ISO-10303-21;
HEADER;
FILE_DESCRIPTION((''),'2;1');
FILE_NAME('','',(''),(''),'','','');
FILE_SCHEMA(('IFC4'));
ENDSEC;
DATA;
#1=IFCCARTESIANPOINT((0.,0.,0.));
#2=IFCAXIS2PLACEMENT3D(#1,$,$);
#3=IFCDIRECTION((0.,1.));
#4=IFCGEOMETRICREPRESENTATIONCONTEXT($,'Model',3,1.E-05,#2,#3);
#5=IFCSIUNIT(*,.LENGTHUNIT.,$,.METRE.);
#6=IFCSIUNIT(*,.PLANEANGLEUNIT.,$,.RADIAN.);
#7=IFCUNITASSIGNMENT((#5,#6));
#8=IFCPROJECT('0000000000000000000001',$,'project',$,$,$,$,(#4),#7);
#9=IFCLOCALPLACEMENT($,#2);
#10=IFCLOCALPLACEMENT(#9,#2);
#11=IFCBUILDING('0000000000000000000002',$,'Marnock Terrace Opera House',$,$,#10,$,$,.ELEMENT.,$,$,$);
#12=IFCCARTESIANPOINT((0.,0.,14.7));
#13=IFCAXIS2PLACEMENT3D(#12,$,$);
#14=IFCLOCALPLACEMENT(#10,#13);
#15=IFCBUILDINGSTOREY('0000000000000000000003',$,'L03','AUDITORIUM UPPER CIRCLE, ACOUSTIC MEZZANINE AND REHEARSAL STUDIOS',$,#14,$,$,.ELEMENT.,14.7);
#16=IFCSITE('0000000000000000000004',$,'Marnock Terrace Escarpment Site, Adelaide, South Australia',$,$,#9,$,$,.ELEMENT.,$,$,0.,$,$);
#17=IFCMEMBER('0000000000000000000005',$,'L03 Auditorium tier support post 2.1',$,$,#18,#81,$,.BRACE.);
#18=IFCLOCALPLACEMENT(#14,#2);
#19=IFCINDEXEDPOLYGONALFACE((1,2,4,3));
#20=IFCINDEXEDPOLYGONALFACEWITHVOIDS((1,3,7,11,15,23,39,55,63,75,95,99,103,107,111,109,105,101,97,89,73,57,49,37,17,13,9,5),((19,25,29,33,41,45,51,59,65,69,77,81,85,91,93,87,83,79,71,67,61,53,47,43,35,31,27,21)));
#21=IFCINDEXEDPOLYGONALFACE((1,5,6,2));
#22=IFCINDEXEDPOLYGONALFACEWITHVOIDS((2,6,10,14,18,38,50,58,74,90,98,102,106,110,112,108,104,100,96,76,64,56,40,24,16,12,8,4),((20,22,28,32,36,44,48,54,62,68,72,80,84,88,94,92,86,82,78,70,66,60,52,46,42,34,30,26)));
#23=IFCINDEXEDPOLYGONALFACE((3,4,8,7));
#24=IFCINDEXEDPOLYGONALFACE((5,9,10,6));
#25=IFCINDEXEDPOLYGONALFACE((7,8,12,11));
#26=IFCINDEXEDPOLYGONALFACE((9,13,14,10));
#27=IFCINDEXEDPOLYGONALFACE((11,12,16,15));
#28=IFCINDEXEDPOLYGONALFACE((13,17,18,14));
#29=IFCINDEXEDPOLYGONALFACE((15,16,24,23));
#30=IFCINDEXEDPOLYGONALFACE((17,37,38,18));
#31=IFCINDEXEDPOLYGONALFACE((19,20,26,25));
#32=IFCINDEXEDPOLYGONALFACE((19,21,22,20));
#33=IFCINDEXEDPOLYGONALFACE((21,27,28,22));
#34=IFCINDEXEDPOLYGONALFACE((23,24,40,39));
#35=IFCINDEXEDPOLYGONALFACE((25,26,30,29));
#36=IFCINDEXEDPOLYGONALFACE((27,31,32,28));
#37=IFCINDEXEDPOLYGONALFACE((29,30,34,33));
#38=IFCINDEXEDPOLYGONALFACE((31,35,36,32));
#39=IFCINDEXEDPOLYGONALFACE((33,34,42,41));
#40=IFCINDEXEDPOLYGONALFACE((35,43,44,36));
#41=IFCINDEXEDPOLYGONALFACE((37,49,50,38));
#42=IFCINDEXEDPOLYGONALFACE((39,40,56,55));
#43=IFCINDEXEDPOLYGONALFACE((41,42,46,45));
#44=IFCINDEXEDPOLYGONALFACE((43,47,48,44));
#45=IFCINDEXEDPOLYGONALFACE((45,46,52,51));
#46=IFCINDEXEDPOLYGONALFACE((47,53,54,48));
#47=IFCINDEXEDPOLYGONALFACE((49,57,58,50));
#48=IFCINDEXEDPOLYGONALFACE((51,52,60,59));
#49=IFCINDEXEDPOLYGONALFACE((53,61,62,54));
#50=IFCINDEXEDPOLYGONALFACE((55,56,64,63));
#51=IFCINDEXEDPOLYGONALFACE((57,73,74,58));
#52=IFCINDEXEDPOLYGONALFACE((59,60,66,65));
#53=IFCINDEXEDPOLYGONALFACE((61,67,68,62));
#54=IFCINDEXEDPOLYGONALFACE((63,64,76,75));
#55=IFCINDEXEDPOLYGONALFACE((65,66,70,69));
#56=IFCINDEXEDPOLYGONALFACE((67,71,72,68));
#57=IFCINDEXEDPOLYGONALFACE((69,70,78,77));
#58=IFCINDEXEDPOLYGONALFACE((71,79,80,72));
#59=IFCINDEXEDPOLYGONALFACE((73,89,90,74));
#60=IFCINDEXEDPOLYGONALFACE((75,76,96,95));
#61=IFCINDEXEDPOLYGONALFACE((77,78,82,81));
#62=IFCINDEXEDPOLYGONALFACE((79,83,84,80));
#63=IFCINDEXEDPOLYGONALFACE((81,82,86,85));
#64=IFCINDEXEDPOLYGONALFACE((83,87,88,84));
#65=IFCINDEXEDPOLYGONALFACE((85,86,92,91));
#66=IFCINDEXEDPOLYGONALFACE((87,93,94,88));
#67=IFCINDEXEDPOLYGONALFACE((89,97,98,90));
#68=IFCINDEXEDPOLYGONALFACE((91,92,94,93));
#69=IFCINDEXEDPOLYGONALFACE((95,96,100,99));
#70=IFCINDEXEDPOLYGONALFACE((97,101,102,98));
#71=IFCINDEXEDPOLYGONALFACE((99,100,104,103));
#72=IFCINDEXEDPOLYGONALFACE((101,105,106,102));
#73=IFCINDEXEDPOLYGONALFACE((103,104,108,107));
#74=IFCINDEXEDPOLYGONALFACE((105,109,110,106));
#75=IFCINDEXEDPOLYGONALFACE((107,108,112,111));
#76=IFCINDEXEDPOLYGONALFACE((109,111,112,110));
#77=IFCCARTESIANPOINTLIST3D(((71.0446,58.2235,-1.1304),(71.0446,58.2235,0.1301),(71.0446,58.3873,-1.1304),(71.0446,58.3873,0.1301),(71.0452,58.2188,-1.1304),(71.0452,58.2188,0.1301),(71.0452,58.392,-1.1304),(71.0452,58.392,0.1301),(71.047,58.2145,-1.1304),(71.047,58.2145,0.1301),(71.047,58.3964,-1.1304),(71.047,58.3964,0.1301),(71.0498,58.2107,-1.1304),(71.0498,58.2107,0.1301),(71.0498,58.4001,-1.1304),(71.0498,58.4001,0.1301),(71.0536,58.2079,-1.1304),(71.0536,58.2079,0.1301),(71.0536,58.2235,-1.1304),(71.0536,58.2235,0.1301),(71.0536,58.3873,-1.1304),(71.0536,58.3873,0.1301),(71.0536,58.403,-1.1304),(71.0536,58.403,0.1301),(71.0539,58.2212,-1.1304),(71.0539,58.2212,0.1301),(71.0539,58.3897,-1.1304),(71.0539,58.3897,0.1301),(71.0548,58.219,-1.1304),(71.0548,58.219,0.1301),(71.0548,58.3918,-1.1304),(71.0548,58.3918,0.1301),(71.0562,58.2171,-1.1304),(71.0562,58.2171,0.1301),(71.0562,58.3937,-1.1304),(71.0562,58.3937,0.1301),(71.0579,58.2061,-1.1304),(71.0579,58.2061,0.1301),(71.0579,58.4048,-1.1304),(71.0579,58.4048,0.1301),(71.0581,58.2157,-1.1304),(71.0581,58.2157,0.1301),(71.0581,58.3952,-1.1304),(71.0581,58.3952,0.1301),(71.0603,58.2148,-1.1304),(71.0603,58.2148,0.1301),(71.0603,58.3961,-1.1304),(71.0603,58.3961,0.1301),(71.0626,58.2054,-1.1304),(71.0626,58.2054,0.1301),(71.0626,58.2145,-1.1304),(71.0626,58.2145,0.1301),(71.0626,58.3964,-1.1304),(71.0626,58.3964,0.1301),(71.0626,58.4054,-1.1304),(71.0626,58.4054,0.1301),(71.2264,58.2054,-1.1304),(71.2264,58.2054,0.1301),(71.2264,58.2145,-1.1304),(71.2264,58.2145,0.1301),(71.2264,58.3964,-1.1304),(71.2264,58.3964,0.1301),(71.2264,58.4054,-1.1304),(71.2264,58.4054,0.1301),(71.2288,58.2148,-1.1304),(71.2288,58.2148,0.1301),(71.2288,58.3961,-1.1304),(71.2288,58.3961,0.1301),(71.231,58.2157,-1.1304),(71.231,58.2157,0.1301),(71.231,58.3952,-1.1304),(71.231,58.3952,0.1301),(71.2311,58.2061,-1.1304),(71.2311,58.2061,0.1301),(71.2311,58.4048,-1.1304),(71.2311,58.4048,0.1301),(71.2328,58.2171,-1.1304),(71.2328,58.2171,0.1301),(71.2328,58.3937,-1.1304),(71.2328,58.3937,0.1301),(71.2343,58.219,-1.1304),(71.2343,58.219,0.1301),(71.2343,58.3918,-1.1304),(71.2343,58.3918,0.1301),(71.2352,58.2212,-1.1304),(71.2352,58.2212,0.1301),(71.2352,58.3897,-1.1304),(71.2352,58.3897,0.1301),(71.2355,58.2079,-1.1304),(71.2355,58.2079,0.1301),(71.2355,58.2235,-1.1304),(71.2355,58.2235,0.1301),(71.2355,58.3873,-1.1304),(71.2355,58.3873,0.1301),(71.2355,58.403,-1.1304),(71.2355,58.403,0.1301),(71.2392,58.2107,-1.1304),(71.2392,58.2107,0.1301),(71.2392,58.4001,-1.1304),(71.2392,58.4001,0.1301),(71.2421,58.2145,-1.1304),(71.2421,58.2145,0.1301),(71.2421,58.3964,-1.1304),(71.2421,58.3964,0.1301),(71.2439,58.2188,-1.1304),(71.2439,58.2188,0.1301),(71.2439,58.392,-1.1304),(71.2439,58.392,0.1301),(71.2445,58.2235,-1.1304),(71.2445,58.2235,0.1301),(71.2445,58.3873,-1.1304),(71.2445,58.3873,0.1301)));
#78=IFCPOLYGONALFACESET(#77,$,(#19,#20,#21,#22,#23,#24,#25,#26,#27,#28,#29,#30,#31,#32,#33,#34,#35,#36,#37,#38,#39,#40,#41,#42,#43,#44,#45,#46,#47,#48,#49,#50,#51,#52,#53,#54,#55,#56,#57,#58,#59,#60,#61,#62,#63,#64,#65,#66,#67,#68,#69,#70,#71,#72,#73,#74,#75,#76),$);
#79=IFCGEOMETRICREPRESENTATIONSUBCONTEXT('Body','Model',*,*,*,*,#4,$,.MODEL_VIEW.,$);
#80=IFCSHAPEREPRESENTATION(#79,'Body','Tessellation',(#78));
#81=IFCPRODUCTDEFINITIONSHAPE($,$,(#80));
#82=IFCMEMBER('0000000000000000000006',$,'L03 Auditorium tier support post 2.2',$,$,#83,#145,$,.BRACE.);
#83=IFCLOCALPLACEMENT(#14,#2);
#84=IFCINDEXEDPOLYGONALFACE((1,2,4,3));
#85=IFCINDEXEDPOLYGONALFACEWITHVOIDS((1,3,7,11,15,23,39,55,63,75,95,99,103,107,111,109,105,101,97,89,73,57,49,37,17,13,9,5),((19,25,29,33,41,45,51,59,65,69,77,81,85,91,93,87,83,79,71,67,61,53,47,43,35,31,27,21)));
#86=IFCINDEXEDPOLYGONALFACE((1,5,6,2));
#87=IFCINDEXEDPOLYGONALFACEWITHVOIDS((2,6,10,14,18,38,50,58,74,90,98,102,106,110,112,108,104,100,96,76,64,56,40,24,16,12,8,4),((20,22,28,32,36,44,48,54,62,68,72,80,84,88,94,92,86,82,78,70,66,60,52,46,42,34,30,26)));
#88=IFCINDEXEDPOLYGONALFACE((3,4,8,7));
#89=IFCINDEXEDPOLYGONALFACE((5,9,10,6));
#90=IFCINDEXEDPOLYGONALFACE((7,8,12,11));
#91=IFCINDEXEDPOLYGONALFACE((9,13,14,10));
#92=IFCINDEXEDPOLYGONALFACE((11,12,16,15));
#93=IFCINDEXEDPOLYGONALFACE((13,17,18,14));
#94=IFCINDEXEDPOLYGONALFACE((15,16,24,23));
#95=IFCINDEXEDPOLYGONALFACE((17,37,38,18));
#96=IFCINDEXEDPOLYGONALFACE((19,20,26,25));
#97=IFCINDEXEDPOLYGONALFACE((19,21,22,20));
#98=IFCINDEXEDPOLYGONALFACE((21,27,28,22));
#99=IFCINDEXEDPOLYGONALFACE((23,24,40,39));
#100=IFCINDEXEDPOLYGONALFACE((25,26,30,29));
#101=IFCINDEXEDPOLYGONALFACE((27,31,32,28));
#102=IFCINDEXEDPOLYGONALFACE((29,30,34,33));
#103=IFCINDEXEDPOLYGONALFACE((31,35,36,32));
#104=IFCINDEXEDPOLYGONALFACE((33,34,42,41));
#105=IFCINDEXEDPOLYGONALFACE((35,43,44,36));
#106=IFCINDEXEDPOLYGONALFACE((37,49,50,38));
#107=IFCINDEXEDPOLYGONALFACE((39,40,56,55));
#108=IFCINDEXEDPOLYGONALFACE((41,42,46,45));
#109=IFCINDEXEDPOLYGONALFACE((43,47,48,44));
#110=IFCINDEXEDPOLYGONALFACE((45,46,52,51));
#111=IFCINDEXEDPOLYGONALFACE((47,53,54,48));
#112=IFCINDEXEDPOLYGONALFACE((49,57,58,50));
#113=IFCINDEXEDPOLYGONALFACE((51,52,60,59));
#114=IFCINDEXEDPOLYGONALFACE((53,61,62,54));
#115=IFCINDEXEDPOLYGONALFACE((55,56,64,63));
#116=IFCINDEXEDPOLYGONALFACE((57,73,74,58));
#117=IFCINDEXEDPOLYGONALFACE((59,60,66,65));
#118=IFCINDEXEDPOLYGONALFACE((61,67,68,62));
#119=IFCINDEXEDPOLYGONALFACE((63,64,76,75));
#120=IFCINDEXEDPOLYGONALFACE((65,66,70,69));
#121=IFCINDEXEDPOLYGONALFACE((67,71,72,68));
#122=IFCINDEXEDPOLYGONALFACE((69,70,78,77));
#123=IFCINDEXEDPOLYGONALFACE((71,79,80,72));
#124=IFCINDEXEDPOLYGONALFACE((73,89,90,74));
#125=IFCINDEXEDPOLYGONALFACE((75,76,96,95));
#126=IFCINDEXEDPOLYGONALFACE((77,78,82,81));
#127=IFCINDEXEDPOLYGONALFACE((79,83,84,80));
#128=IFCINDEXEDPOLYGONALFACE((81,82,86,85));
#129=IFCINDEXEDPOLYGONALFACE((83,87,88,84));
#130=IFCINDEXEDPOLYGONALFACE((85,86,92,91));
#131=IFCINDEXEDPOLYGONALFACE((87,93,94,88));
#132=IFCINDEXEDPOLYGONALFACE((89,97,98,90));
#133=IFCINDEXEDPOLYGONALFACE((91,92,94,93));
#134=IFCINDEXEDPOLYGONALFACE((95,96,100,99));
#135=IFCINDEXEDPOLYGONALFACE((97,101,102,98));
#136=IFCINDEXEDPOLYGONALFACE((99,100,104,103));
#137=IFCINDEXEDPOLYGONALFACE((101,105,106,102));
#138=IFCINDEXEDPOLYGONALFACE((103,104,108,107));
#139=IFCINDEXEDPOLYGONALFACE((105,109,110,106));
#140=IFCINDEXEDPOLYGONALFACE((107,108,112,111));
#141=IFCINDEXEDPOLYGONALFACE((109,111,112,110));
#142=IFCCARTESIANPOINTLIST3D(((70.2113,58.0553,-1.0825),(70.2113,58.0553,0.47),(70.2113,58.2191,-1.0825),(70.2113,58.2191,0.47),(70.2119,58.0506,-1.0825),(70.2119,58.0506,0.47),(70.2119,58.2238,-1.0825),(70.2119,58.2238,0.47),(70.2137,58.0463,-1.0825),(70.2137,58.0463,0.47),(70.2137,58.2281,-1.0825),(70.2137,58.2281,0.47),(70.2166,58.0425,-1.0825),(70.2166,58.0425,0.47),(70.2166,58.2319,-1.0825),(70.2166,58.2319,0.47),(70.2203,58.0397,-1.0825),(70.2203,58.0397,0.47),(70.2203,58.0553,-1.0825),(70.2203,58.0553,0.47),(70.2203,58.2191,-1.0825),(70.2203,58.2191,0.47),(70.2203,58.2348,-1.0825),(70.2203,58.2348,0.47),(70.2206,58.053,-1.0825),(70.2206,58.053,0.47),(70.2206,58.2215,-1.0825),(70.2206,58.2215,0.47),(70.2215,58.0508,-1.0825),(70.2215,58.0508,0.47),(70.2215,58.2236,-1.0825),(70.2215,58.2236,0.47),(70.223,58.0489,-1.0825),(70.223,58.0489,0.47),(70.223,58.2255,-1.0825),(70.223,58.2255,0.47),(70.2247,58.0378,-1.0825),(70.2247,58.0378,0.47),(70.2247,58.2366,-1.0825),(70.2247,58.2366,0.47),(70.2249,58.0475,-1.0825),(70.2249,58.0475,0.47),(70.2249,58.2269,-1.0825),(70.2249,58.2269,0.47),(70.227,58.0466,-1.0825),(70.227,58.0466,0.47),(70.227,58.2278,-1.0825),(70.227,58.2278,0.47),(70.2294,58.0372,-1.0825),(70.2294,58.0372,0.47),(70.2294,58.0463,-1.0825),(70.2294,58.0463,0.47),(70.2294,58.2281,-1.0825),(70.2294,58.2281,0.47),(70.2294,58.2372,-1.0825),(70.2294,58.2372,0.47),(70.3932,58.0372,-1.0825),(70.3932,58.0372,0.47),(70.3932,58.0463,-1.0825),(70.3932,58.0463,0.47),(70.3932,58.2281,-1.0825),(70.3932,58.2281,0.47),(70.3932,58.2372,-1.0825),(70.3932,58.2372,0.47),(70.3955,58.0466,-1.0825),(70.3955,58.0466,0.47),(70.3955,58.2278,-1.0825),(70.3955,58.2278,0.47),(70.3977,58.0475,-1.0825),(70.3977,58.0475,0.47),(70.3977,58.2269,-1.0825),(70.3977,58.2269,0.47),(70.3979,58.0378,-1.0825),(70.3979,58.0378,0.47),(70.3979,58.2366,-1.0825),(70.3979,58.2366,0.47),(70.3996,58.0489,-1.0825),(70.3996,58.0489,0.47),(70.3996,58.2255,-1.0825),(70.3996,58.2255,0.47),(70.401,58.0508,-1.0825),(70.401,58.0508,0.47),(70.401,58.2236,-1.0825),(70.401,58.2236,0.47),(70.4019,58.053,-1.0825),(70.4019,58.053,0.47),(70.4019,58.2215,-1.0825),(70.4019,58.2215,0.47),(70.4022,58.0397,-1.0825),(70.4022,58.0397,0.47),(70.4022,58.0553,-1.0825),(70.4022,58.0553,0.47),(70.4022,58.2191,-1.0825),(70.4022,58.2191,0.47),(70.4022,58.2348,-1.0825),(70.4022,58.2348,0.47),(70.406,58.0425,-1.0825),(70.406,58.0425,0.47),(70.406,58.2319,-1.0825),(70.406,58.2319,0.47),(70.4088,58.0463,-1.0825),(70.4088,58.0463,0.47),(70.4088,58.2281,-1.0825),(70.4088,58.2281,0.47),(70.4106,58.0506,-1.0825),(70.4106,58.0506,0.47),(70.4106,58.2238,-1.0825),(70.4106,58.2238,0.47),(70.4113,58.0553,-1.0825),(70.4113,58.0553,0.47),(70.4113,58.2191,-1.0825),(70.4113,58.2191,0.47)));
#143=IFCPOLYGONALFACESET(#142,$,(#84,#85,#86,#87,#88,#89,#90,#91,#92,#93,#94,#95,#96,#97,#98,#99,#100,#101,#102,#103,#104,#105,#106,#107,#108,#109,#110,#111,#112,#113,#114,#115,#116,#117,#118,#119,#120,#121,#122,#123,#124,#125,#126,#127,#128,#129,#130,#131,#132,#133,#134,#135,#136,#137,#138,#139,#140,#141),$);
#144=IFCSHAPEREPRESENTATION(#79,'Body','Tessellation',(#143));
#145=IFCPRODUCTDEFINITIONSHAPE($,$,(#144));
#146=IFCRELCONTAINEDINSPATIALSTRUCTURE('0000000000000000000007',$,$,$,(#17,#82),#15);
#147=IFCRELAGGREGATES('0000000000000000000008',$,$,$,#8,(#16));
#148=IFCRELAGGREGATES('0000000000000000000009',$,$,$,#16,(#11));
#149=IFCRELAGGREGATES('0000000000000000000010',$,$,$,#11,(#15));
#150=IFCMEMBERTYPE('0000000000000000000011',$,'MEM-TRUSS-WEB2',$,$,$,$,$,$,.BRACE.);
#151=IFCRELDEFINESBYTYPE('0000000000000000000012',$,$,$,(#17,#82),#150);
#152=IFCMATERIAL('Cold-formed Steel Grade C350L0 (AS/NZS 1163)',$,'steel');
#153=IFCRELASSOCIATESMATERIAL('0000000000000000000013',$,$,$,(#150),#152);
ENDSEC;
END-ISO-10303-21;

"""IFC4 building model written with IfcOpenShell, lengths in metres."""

from ifc_helpers import new_model, si_unit, direction, frame, origin, origin_2d, place, context, subcontext, project, spatial, hollow_rectangle, extrude, material, material_profile, profile_set, type_object, element, save


model = new_model("IFC4")

# Units and contexts
model_context = context("Model", 3, precision=1e-05, world=origin(), true_north=direction((0.0, 1.0)))
body_context = subcontext(model_context, "Body", "Model", "MODEL_VIEW")
ifc_project = project(units=[si_unit("LENGTHUNIT", "METRE"), si_unit("PLANEANGLEUNIT", "RADIAN")], contexts=[model_context])

# Site, building, storey
site_placement = place(None, origin())
site = spatial("IfcSite", under=ifc_project, at=site_placement, Name="Marnock Terrace Escarpment Site, Adelaide, South Australia", CompositionType="ELEMENT", RefElevation=0.0)
building_placement = place(site_placement, origin())
building = spatial("IfcBuilding", under=site, at=building_placement, Name="Marnock Terrace Opera House", CompositionType="ELEMENT")
storey_placement = place(building_placement, frame((0.0, 0.0, 14.7)))
storey = spatial("IfcBuildingStorey", under=building, at=storey_placement, Name="L03", Description="AUDITORIUM UPPER CIRCLE, ACOUSTIC MEZZANINE AND REHEARSAL STUDIOS", CompositionType="ELEMENT", Elevation=14.7)

# Members
ifc_material_1 = material(Name="Cold-formed Steel Grade C350L0 (AS/NZS 1163)", Category="steel")
ifc_material_profile_1 = material_profile(ifc_material_1, hollow_rectangle(XDim=0.2, YDim=0.2, WallThickness=0.009, InnerFilletRadius=0.009, OuterFilletRadius=0.0181, at=origin_2d()))
ifc_profile_set_1 = profile_set([ifc_material_profile_1], Name="Cold-formed Steel Grade C350L0 (AS/NZS 1163)")
member_type = type_object("IfcMemberType", Name="MEM-TRUSS-WEB2", PredefinedType="BRACE", material=ifc_profile_set_1)
member_1_placement = place(storey_placement, frame((71.1445, 58.3054, -1.1304), z_axis=(0.0, 0.0, 1.0), x_axis=(1.0, 0.0, 0.0)))
element("IfcMember", 1, at=member_1_placement, inside=storey, type_object=member_type, Name="L03 Auditorium tier support post 2.1", PredefinedType="BRACE", context=body_context, shape_type="SweptSolid", body=[
    extrude(hollow_rectangle(XDim=0.2, YDim=0.2, WallThickness=0.009, InnerFilletRadius=0.009, OuterFilletRadius=0.0181, at=origin_2d()), origin(), (0.0, 0.0, 1.0), 1.2605),
])
member_2_placement = place(storey_placement, frame((70.3113, 58.1372, -1.0825), z_axis=(0.0, 0.0, 1.0), x_axis=(1.0, 0.0, 0.0)))
element("IfcMember", 2, at=member_2_placement, inside=storey, type_object=member_type, Name="L03 Auditorium tier support post 2.2", PredefinedType="BRACE", context=body_context, shape_type="SweptSolid", body=[
    extrude(hollow_rectangle(XDim=0.2, YDim=0.2, WallThickness=0.009, InnerFilletRadius=0.009, OuterFilletRadius=0.0181, at=origin_2d()), origin(), (0.0, 0.0, 1.0), 1.5525),
])

save(model, "model.ifc")
